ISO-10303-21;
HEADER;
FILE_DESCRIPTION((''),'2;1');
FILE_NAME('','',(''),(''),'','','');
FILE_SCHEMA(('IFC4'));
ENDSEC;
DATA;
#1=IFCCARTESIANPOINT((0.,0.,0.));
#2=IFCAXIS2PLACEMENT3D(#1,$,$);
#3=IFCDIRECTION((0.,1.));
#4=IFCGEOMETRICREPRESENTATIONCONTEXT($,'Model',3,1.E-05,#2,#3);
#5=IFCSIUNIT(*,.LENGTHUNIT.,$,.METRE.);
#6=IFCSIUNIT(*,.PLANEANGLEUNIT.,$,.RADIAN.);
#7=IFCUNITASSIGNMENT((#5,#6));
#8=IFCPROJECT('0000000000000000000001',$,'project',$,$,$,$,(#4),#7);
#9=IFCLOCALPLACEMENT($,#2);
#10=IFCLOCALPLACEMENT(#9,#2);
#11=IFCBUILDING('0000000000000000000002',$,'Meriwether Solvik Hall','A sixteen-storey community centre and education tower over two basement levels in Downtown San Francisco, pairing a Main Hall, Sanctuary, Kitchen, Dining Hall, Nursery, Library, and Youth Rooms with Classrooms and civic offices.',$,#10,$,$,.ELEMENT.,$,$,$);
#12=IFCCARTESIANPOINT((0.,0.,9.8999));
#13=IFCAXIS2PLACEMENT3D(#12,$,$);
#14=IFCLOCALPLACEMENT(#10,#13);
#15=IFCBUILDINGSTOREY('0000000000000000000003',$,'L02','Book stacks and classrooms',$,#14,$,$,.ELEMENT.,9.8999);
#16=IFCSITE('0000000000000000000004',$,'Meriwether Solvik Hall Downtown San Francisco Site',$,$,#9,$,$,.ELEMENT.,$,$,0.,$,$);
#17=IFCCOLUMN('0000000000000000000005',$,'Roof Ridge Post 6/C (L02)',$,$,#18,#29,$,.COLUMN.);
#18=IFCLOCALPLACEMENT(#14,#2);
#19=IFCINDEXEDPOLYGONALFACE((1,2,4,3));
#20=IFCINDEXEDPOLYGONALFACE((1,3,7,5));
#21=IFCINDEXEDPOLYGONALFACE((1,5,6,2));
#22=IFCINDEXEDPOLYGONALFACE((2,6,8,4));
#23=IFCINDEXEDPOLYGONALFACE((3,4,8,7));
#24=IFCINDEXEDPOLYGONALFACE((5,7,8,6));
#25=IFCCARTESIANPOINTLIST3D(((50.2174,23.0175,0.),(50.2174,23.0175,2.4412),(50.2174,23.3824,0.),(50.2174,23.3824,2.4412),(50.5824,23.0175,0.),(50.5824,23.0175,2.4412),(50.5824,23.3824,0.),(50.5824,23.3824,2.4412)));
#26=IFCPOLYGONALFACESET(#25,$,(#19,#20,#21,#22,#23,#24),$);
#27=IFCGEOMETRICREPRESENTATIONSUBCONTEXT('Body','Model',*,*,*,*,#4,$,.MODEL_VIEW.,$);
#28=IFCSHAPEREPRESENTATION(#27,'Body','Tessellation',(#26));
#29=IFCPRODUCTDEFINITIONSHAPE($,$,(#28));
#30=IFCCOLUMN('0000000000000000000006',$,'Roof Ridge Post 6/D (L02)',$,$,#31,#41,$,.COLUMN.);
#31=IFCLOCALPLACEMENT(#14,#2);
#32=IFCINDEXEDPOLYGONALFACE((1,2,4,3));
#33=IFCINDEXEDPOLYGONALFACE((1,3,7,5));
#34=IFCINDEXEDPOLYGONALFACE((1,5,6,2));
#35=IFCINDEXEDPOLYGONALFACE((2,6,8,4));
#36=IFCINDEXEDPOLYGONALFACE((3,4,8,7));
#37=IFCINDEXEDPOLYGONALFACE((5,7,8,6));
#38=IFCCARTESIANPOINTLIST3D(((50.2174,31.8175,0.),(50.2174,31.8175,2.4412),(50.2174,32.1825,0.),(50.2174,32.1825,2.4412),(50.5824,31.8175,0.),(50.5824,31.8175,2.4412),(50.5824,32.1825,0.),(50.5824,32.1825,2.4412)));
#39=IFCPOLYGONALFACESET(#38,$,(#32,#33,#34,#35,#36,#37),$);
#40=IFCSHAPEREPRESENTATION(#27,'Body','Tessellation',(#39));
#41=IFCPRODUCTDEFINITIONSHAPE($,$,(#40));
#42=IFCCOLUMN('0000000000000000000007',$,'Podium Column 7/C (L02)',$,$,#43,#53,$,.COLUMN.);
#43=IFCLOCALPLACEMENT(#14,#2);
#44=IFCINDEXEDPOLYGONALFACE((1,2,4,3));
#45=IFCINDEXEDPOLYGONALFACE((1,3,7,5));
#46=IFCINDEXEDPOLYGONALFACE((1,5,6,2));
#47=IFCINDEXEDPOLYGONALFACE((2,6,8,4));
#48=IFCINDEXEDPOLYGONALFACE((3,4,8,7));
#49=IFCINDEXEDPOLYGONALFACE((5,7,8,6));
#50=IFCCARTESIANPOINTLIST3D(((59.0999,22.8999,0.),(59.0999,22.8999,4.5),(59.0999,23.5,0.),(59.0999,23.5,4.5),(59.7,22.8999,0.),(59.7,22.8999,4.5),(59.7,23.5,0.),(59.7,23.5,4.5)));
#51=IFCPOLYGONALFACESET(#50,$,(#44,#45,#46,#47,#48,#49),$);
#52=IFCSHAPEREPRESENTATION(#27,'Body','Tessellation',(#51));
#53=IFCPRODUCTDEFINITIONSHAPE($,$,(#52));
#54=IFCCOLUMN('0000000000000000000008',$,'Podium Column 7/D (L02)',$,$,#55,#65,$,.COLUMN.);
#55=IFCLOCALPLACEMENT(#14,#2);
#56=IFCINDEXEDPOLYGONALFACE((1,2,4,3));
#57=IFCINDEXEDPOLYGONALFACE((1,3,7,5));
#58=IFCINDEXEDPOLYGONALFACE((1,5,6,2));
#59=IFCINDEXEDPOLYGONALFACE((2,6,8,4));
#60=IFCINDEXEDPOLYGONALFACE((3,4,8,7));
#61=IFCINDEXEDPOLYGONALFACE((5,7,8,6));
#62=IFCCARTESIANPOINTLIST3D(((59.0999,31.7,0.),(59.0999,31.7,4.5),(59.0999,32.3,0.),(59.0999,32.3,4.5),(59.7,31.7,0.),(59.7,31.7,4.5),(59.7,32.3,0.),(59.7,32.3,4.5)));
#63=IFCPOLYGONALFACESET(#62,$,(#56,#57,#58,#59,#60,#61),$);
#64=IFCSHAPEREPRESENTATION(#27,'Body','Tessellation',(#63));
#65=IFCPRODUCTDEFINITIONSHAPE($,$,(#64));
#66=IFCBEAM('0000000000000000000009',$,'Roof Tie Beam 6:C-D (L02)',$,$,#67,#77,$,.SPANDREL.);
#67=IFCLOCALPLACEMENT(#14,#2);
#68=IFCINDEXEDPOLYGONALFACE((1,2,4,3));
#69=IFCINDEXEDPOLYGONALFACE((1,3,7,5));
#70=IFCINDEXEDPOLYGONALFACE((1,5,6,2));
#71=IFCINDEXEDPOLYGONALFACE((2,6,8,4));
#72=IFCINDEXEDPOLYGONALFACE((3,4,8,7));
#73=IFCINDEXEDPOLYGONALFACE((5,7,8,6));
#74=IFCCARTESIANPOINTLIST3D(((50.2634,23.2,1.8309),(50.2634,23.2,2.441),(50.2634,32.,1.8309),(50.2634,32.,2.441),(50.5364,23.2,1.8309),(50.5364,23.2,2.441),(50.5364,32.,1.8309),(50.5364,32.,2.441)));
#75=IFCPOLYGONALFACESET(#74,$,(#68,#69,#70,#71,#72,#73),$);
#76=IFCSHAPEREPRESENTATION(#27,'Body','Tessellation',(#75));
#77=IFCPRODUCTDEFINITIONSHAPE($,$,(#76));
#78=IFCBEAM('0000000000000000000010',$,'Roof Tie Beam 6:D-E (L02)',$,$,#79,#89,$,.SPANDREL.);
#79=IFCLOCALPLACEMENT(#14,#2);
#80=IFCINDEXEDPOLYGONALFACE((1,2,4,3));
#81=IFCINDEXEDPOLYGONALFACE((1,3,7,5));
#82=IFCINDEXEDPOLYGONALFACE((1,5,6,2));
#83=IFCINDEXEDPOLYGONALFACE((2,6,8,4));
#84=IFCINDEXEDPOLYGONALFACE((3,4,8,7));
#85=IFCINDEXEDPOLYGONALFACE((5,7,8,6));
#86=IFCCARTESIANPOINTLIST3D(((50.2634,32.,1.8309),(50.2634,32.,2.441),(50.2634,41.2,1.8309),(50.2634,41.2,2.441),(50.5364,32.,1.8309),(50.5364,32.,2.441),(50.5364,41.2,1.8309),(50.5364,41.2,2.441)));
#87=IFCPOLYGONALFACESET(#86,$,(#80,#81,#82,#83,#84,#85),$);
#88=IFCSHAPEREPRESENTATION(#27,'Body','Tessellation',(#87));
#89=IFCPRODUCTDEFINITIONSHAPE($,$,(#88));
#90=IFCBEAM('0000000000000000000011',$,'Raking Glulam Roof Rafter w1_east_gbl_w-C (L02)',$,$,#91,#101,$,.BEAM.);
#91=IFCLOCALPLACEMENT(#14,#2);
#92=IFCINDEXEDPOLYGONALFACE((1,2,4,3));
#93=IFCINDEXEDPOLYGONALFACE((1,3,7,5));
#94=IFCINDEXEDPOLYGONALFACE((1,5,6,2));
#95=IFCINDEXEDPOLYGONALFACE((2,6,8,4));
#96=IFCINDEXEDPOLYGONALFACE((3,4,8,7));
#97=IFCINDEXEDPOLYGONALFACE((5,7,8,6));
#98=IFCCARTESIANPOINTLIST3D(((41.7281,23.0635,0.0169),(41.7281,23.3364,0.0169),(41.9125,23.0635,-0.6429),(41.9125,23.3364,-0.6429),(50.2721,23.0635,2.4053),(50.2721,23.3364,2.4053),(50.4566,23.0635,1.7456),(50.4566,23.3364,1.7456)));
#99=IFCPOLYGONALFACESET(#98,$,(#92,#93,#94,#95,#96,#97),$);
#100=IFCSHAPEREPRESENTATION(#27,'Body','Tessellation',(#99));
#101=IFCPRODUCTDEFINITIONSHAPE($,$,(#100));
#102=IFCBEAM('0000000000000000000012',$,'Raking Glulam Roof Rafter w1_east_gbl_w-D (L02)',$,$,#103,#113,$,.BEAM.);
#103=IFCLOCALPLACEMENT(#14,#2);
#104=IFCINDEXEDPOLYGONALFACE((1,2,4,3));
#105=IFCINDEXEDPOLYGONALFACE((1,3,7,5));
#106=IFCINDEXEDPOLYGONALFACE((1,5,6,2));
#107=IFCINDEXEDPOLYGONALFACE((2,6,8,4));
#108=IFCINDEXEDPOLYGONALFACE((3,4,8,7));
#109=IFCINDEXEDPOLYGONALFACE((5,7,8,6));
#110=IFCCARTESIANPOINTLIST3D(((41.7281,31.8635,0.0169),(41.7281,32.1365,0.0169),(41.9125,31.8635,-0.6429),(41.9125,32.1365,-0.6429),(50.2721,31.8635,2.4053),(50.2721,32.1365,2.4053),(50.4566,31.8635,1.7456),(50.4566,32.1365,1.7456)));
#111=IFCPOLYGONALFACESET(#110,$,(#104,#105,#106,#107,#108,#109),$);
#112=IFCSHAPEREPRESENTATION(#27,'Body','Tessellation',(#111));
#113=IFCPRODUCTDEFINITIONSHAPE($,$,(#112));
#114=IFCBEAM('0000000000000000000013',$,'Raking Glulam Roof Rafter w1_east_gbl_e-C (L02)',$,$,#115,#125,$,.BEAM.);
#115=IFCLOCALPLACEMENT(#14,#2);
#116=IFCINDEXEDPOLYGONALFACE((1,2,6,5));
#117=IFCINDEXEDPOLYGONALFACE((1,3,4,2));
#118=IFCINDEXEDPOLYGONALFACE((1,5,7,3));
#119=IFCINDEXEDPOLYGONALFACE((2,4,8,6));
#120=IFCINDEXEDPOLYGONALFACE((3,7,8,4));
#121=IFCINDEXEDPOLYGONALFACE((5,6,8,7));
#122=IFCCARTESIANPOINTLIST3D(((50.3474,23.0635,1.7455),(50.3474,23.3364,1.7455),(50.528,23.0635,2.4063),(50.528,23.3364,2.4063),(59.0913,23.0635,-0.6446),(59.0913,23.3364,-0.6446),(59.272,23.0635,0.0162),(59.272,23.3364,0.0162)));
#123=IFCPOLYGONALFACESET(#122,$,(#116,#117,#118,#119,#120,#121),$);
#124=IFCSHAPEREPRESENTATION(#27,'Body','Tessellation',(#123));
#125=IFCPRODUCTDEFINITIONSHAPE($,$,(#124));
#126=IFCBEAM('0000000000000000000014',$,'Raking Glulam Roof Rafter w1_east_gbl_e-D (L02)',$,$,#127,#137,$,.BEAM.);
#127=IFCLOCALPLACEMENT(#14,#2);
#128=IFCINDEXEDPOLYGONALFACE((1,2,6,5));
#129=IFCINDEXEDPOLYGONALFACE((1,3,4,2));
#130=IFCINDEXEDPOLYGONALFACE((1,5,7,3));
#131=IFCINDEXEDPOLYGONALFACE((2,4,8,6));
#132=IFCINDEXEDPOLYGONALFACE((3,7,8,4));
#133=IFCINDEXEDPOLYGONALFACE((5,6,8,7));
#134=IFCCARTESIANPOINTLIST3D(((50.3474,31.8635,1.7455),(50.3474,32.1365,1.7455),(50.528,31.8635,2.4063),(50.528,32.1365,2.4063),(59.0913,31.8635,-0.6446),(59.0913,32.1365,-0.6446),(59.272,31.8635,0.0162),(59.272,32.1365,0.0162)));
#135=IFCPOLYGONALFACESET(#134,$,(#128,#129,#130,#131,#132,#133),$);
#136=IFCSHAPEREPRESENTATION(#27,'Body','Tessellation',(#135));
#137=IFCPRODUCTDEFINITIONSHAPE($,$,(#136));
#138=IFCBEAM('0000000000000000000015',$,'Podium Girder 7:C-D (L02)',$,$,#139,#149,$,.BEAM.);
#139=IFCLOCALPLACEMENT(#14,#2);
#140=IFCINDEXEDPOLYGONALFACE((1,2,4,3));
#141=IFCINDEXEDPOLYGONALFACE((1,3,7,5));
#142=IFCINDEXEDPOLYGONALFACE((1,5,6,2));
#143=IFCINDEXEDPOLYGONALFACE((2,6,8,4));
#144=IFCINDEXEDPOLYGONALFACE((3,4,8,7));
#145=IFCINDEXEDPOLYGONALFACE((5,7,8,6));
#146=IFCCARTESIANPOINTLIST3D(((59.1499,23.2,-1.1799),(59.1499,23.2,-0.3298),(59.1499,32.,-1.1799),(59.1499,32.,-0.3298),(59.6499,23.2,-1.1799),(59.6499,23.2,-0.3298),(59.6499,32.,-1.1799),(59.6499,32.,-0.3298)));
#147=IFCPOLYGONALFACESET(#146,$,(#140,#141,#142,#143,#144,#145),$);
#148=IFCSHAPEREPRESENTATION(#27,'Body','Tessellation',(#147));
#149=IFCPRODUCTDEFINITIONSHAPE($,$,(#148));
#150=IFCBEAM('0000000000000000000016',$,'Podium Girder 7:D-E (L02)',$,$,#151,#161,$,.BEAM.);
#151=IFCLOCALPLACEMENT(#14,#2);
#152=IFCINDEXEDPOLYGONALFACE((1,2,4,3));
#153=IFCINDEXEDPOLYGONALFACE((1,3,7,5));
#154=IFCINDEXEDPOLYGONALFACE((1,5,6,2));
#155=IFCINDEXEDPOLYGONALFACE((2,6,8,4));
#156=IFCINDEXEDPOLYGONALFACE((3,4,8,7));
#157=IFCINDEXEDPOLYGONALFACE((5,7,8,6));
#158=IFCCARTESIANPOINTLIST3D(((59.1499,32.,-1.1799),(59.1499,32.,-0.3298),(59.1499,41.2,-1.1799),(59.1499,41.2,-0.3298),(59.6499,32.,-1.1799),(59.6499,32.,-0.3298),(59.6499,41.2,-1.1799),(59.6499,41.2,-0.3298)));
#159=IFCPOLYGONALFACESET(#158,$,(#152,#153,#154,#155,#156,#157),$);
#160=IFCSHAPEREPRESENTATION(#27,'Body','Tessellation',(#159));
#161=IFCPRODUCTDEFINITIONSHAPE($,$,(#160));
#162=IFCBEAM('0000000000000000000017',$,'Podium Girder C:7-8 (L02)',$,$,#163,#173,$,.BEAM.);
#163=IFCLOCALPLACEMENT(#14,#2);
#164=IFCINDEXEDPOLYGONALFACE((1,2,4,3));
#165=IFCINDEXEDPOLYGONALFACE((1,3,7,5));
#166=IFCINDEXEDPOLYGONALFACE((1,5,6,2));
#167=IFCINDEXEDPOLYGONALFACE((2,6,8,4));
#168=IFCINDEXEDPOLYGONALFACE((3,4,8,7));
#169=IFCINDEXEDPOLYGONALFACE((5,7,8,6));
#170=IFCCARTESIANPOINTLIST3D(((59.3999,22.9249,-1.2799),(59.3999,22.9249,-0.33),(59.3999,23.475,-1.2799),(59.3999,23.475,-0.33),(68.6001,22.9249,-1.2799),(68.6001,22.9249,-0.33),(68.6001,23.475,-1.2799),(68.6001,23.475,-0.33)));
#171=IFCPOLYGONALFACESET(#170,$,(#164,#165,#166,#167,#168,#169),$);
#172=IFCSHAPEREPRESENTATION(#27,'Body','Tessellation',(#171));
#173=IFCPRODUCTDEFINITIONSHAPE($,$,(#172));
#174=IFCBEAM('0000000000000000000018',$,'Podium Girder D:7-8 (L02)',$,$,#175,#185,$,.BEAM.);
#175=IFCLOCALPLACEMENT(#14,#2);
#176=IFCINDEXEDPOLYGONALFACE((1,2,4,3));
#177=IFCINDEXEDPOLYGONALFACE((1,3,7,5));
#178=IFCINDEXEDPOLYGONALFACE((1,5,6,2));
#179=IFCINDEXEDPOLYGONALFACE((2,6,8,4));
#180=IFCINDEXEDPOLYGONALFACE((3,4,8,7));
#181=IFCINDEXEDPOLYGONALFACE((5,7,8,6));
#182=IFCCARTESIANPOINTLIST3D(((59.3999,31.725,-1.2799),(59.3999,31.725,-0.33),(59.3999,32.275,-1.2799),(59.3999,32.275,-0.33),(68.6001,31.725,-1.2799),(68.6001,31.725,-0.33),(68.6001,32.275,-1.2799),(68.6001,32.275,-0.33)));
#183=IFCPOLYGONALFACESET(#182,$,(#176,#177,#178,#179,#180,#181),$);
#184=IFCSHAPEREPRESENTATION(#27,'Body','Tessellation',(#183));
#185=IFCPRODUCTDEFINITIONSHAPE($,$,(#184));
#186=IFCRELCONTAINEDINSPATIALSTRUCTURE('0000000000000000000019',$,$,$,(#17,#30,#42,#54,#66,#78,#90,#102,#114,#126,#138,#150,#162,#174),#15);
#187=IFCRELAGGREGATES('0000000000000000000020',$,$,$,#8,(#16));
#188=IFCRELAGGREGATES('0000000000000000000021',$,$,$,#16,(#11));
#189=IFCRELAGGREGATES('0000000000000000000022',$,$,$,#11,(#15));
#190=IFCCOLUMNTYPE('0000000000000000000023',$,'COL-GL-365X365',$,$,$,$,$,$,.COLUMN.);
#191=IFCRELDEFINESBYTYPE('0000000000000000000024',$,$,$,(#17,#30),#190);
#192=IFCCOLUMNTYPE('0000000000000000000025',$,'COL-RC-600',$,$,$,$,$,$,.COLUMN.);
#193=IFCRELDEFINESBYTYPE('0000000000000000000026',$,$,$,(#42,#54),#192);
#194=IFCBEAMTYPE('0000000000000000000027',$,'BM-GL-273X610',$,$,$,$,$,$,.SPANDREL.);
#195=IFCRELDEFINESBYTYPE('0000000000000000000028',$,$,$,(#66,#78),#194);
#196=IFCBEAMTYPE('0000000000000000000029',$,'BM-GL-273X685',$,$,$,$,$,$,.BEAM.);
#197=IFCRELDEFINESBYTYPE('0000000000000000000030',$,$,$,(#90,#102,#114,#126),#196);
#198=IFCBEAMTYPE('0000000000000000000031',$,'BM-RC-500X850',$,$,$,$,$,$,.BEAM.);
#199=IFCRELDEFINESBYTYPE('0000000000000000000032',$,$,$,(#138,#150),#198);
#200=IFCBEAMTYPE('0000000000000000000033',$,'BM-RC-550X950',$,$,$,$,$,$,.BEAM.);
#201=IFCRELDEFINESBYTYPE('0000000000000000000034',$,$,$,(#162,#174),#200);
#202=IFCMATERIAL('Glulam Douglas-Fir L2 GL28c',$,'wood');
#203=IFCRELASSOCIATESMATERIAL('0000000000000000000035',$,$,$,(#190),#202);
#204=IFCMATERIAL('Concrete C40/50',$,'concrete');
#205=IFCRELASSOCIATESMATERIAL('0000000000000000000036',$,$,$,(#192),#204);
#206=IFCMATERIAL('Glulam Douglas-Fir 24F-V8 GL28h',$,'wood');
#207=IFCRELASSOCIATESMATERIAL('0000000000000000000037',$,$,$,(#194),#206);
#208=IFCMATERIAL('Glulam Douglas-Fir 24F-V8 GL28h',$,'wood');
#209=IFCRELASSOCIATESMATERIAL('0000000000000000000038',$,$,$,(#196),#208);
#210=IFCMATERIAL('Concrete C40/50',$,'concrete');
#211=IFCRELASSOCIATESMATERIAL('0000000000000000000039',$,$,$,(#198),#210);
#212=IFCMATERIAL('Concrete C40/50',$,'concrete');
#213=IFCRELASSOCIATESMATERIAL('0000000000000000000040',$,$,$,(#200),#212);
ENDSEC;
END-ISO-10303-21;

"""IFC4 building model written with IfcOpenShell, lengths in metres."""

from ifc_helpers import new_model, si_unit, direction, frame, origin, origin_2d, place, context, subcontext, project, spatial, rectangle, extrude, material, material_profile, profile_set, type_object, element, save


model = new_model("IFC4")

# Units and contexts
model_context = context("Model", 3, precision=1e-05, world=origin(), true_north=direction((0.0, 1.0)))
body_context = subcontext(model_context, "Body", "Model", "MODEL_VIEW")
ifc_project = project(units=[si_unit("LENGTHUNIT", "METRE"), si_unit("PLANEANGLEUNIT", "RADIAN")], contexts=[model_context])

# Site, building, storey
site_placement = place(None, origin())
site = spatial("IfcSite", under=ifc_project, at=site_placement, Name="Meriwether Solvik Hall Downtown San Francisco Site", CompositionType="ELEMENT", RefElevation=0.0)
building_placement = place(site_placement, origin())
building = spatial("IfcBuilding", under=site, at=building_placement, Name="Meriwether Solvik Hall", Description="A sixteen-storey community centre and education tower over two basement levels in Downtown San Francisco, pairing a Main Hall, Sanctuary, Kitchen, Dining Hall, Nursery, Library, and Youth Rooms with Classrooms and civic offices.", CompositionType="ELEMENT")
storey_placement = place(building_placement, frame((0.0, 0.0, 9.8999)))
storey = spatial("IfcBuildingStorey", under=building, at=storey_placement, Name="L02", Description="Book stacks and classrooms", CompositionType="ELEMENT", Elevation=9.8999)

# Columns
ifc_material_1 = material(Name="Glulam Douglas-Fir L2 GL28c", Category="wood")
ifc_material_profile_1 = material_profile(ifc_material_1, rectangle(XDim=0.365, YDim=0.365, at=origin_2d()), Name="GLC-365X365")
ifc_profile_set_1 = profile_set([ifc_material_profile_1], Name="Glulam Douglas-Fir L2 GL28c")
column_type_1 = type_object("IfcColumnType", Name="COL-GL-365X365", PredefinedType="COLUMN", material=ifc_profile_set_1)
for number, where, z_axis, x_axis, name in (
    (1, (50.3999, 23.2, 0.0), (0.0, 0.0, 1.0), (1.0, 0.0, 0.0), "Roof Ridge Post 6/C (L02)"),
    (2, (50.3999, 32.0, 0.0), (0.0, 0.0, 1.0), (1.0, 0.0, 0.0), "Roof Ridge Post 6/D (L02)"),
):
    element("IfcColumn", number, at=place(storey_placement, frame(where, z_axis=z_axis, x_axis=x_axis)), inside=storey, type_object=column_type_1, Name=name, PredefinedType="COLUMN", context=body_context, shape_type="SweptSolid", body=[
        extrude(rectangle(XDim=0.365, YDim=0.365, at=origin_2d()), origin(), (0.0, 0.0, 1.0), 2.4412),
    ])
ifc_material_2 = material(Name="Concrete C40/50", Category="concrete")
ifc_material_profile_2 = material_profile(ifc_material_2, rectangle(XDim=0.6001, YDim=0.6001, at=origin_2d()), Name="RCC-600X600")
ifc_profile_set_2 = profile_set([ifc_material_profile_2], Name="Concrete C40/50")
column_type_2 = type_object("IfcColumnType", Name="COL-RC-600", PredefinedType="COLUMN", material=ifc_profile_set_2)
for number, where, z_axis, x_axis, name in (
    (3, (59.3999, 23.2, 0.0), (0.0, 0.0, 1.0), (1.0, 0.0, 0.0), "Podium Column 7/C (L02)"),
    (4, (59.3999, 32.0, 0.0), (0.0, 0.0, 1.0), (1.0, 0.0, 0.0), "Podium Column 7/D (L02)"),
):
    element("IfcColumn", number, at=place(storey_placement, frame(where, z_axis=z_axis, x_axis=x_axis)), inside=storey, type_object=column_type_2, Name=name, PredefinedType="COLUMN", context=body_context, shape_type="SweptSolid", body=[
        extrude(rectangle(XDim=0.6001, YDim=0.6001, at=origin_2d()), origin(), (0.0, 0.0, 1.0), 4.5),
    ])

# Beams
ifc_material_3 = material(Name="Glulam Douglas-Fir 24F-V8 GL28h", Category="wood")
ifc_material_profile_3 = material_profile(ifc_material_3, rectangle(XDim=0.2729, YDim=0.6101, at=origin_2d()), Name="GLB-273X610")
ifc_profile_set_3 = profile_set([ifc_material_profile_3], Name="Glulam Douglas-Fir 24F-V8 GL28h")
beam_type_1 = type_object("IfcBeamType", Name="BM-GL-273X610", PredefinedType="SPANDREL", material=ifc_profile_set_3)
beam_1_placement = place(storey_placement, frame((50.3999, 23.2, 2.136), z_axis=(0.0, 1.0, 0.0), x_axis=(-1.0, 0.0, 0.0)))
element("IfcBeam", 5, at=beam_1_placement, inside=storey, type_object=beam_type_1, Name="Roof Tie Beam 6:C-D (L02)", PredefinedType="SPANDREL", context=body_context, shape_type="SweptSolid", body=[
    extrude(rectangle(XDim=0.2729, YDim=0.6101, at=origin_2d()), origin(), (0.0, 0.0, 1.0), 8.8),
])
beam_2_placement = place(storey_placement, frame((50.3999, 32.0, 2.136), z_axis=(0.0, 1.0, 0.0), x_axis=(-1.0, 0.0, 0.0)))
element("IfcBeam", 6, at=beam_2_placement, inside=storey, type_object=beam_type_1, Name="Roof Tie Beam 6:D-E (L02)", PredefinedType="SPANDREL", context=body_context, shape_type="SweptSolid", body=[
    extrude(rectangle(XDim=0.2729, YDim=0.6101, at=origin_2d()), origin(), (0.0, 0.0, 1.0), 9.2),
])
ifc_material_4 = material(Name="Glulam Douglas-Fir 24F-V8 GL28h", Category="wood")
ifc_material_profile_4 = material_profile(ifc_material_4, rectangle(XDim=0.2729, YDim=0.6851, at=origin_2d()), Name="GLB-273X685")
ifc_profile_set_4 = profile_set([ifc_material_profile_4], Name="Glulam Douglas-Fir 24F-V8 GL28h")
beam_type_2 = type_object("IfcBeamType", Name="BM-GL-273X685", PredefinedType="BEAM", material=ifc_profile_set_4)
for number, where, z_axis, x_axis, name in (
    (7, (41.8203, 23.2, -0.313), (0.963077, 0.0, 0.269225), (0.0, 1.0, 0.0), "Raking Glulam Roof Rafter w1_east_gbl_w-C (L02)"),
    (8, (41.8203, 32.0, -0.313), (0.963077, 0.0, 0.269225), (0.0, 1.0, 0.0), "Raking Glulam Roof Rafter w1_east_gbl_w-D (L02)"),
):
    element("IfcBeam", number, at=place(storey_placement, frame(where, z_axis=z_axis, x_axis=x_axis)), inside=storey, type_object=beam_type_2, Name=name, PredefinedType="BEAM", context=body_context, shape_type="SweptSolid", body=[
        extrude(rectangle(XDim=0.2729, YDim=0.6851, at=origin_2d()), origin(), (0.0, 0.0, 1.0), 8.8716),
    ])
for number, where, z_axis, x_axis, name in (
    (9, (59.1816, 23.2, -0.3142), (-0.964611, 0.0, 0.263676), (0.0, -1.0, 0.0), "Raking Glulam Roof Rafter w1_east_gbl_e-C (L02)"),
    (10, (59.1816, 32.0, -0.3142), (-0.964611, 0.0, 0.263676), (0.0, -1.0, 0.0), "Raking Glulam Roof Rafter w1_east_gbl_e-D (L02)"),
):
    element("IfcBeam", number, at=place(storey_placement, frame(where, z_axis=z_axis, x_axis=x_axis)), inside=storey, type_object=beam_type_2, Name=name, PredefinedType="BEAM", context=body_context, shape_type="SweptSolid", body=[
        extrude(rectangle(XDim=0.2729, YDim=0.6851, at=origin_2d()), origin(), (0.0, 0.0, 1.0), 9.0647),
    ])
ifc_material_5 = material(Name="Concrete C40/50", Category="concrete")
ifc_material_profile_5 = material_profile(ifc_material_5, rectangle(XDim=0.5, YDim=0.8501, at=origin_2d()), Name="RCB-500X850")
ifc_profile_set_5 = profile_set([ifc_material_profile_5], Name="Concrete C40/50")
beam_type_3 = type_object("IfcBeamType", Name="BM-RC-500X850", PredefinedType="BEAM", material=ifc_profile_set_5)
beam_3_placement = place(storey_placement, frame((59.3999, 23.2, -0.7549), z_axis=(0.0, 1.0, 0.0), x_axis=(-1.0, 0.0, 0.0)))
element("IfcBeam", 11, at=beam_3_placement, inside=storey, type_object=beam_type_3, Name="Podium Girder 7:C-D (L02)", PredefinedType="BEAM", context=body_context, shape_type="SweptSolid", body=[
    extrude(rectangle(XDim=0.5, YDim=0.8501, at=origin_2d()), origin(), (0.0, 0.0, 1.0), 8.8),
])
beam_4_placement = place(storey_placement, frame((59.3999, 32.0, -0.7549), z_axis=(0.0, 1.0, 0.0), x_axis=(-1.0, 0.0, 0.0)))
element("IfcBeam", 12, at=beam_4_placement, inside=storey, type_object=beam_type_3, Name="Podium Girder 7:D-E (L02)", PredefinedType="BEAM", context=body_context, shape_type="SweptSolid", body=[
    extrude(rectangle(XDim=0.5, YDim=0.8501, at=origin_2d()), origin(), (0.0, 0.0, 1.0), 9.2),
])
ifc_material_6 = material(Name="Concrete C40/50", Category="concrete")
ifc_material_profile_6 = material_profile(ifc_material_6, rectangle(XDim=0.55, YDim=0.95, at=origin_2d()), Name="RCB-550X950")
ifc_profile_set_6 = profile_set([ifc_material_profile_6], Name="Concrete C40/50")
beam_type_4 = type_object("IfcBeamType", Name="BM-RC-550X950", PredefinedType="BEAM", material=ifc_profile_set_6)
for number, where, z_axis, x_axis, name in (
    (13, (59.3999, 23.2, -0.8049), (1.0, 0.0, 0.0), (0.0, 1.0, 0.0), "Podium Girder C:7-8 (L02)"),
    (14, (59.3999, 32.0, -0.8049), (1.0, 0.0, 0.0), (0.0, 1.0, 0.0), "Podium Girder D:7-8 (L02)"),
):
    element("IfcBeam", number, at=place(storey_placement, frame(where, z_axis=z_axis, x_axis=x_axis)), inside=storey, type_object=beam_type_4, Name=name, PredefinedType="BEAM", context=body_context, shape_type="SweptSolid", body=[
        extrude(rectangle(XDim=0.55, YDim=0.95, at=origin_2d()), origin(), (0.0, 0.0, 1.0), 9.2002),
    ])

save(model, "model.ifc")
